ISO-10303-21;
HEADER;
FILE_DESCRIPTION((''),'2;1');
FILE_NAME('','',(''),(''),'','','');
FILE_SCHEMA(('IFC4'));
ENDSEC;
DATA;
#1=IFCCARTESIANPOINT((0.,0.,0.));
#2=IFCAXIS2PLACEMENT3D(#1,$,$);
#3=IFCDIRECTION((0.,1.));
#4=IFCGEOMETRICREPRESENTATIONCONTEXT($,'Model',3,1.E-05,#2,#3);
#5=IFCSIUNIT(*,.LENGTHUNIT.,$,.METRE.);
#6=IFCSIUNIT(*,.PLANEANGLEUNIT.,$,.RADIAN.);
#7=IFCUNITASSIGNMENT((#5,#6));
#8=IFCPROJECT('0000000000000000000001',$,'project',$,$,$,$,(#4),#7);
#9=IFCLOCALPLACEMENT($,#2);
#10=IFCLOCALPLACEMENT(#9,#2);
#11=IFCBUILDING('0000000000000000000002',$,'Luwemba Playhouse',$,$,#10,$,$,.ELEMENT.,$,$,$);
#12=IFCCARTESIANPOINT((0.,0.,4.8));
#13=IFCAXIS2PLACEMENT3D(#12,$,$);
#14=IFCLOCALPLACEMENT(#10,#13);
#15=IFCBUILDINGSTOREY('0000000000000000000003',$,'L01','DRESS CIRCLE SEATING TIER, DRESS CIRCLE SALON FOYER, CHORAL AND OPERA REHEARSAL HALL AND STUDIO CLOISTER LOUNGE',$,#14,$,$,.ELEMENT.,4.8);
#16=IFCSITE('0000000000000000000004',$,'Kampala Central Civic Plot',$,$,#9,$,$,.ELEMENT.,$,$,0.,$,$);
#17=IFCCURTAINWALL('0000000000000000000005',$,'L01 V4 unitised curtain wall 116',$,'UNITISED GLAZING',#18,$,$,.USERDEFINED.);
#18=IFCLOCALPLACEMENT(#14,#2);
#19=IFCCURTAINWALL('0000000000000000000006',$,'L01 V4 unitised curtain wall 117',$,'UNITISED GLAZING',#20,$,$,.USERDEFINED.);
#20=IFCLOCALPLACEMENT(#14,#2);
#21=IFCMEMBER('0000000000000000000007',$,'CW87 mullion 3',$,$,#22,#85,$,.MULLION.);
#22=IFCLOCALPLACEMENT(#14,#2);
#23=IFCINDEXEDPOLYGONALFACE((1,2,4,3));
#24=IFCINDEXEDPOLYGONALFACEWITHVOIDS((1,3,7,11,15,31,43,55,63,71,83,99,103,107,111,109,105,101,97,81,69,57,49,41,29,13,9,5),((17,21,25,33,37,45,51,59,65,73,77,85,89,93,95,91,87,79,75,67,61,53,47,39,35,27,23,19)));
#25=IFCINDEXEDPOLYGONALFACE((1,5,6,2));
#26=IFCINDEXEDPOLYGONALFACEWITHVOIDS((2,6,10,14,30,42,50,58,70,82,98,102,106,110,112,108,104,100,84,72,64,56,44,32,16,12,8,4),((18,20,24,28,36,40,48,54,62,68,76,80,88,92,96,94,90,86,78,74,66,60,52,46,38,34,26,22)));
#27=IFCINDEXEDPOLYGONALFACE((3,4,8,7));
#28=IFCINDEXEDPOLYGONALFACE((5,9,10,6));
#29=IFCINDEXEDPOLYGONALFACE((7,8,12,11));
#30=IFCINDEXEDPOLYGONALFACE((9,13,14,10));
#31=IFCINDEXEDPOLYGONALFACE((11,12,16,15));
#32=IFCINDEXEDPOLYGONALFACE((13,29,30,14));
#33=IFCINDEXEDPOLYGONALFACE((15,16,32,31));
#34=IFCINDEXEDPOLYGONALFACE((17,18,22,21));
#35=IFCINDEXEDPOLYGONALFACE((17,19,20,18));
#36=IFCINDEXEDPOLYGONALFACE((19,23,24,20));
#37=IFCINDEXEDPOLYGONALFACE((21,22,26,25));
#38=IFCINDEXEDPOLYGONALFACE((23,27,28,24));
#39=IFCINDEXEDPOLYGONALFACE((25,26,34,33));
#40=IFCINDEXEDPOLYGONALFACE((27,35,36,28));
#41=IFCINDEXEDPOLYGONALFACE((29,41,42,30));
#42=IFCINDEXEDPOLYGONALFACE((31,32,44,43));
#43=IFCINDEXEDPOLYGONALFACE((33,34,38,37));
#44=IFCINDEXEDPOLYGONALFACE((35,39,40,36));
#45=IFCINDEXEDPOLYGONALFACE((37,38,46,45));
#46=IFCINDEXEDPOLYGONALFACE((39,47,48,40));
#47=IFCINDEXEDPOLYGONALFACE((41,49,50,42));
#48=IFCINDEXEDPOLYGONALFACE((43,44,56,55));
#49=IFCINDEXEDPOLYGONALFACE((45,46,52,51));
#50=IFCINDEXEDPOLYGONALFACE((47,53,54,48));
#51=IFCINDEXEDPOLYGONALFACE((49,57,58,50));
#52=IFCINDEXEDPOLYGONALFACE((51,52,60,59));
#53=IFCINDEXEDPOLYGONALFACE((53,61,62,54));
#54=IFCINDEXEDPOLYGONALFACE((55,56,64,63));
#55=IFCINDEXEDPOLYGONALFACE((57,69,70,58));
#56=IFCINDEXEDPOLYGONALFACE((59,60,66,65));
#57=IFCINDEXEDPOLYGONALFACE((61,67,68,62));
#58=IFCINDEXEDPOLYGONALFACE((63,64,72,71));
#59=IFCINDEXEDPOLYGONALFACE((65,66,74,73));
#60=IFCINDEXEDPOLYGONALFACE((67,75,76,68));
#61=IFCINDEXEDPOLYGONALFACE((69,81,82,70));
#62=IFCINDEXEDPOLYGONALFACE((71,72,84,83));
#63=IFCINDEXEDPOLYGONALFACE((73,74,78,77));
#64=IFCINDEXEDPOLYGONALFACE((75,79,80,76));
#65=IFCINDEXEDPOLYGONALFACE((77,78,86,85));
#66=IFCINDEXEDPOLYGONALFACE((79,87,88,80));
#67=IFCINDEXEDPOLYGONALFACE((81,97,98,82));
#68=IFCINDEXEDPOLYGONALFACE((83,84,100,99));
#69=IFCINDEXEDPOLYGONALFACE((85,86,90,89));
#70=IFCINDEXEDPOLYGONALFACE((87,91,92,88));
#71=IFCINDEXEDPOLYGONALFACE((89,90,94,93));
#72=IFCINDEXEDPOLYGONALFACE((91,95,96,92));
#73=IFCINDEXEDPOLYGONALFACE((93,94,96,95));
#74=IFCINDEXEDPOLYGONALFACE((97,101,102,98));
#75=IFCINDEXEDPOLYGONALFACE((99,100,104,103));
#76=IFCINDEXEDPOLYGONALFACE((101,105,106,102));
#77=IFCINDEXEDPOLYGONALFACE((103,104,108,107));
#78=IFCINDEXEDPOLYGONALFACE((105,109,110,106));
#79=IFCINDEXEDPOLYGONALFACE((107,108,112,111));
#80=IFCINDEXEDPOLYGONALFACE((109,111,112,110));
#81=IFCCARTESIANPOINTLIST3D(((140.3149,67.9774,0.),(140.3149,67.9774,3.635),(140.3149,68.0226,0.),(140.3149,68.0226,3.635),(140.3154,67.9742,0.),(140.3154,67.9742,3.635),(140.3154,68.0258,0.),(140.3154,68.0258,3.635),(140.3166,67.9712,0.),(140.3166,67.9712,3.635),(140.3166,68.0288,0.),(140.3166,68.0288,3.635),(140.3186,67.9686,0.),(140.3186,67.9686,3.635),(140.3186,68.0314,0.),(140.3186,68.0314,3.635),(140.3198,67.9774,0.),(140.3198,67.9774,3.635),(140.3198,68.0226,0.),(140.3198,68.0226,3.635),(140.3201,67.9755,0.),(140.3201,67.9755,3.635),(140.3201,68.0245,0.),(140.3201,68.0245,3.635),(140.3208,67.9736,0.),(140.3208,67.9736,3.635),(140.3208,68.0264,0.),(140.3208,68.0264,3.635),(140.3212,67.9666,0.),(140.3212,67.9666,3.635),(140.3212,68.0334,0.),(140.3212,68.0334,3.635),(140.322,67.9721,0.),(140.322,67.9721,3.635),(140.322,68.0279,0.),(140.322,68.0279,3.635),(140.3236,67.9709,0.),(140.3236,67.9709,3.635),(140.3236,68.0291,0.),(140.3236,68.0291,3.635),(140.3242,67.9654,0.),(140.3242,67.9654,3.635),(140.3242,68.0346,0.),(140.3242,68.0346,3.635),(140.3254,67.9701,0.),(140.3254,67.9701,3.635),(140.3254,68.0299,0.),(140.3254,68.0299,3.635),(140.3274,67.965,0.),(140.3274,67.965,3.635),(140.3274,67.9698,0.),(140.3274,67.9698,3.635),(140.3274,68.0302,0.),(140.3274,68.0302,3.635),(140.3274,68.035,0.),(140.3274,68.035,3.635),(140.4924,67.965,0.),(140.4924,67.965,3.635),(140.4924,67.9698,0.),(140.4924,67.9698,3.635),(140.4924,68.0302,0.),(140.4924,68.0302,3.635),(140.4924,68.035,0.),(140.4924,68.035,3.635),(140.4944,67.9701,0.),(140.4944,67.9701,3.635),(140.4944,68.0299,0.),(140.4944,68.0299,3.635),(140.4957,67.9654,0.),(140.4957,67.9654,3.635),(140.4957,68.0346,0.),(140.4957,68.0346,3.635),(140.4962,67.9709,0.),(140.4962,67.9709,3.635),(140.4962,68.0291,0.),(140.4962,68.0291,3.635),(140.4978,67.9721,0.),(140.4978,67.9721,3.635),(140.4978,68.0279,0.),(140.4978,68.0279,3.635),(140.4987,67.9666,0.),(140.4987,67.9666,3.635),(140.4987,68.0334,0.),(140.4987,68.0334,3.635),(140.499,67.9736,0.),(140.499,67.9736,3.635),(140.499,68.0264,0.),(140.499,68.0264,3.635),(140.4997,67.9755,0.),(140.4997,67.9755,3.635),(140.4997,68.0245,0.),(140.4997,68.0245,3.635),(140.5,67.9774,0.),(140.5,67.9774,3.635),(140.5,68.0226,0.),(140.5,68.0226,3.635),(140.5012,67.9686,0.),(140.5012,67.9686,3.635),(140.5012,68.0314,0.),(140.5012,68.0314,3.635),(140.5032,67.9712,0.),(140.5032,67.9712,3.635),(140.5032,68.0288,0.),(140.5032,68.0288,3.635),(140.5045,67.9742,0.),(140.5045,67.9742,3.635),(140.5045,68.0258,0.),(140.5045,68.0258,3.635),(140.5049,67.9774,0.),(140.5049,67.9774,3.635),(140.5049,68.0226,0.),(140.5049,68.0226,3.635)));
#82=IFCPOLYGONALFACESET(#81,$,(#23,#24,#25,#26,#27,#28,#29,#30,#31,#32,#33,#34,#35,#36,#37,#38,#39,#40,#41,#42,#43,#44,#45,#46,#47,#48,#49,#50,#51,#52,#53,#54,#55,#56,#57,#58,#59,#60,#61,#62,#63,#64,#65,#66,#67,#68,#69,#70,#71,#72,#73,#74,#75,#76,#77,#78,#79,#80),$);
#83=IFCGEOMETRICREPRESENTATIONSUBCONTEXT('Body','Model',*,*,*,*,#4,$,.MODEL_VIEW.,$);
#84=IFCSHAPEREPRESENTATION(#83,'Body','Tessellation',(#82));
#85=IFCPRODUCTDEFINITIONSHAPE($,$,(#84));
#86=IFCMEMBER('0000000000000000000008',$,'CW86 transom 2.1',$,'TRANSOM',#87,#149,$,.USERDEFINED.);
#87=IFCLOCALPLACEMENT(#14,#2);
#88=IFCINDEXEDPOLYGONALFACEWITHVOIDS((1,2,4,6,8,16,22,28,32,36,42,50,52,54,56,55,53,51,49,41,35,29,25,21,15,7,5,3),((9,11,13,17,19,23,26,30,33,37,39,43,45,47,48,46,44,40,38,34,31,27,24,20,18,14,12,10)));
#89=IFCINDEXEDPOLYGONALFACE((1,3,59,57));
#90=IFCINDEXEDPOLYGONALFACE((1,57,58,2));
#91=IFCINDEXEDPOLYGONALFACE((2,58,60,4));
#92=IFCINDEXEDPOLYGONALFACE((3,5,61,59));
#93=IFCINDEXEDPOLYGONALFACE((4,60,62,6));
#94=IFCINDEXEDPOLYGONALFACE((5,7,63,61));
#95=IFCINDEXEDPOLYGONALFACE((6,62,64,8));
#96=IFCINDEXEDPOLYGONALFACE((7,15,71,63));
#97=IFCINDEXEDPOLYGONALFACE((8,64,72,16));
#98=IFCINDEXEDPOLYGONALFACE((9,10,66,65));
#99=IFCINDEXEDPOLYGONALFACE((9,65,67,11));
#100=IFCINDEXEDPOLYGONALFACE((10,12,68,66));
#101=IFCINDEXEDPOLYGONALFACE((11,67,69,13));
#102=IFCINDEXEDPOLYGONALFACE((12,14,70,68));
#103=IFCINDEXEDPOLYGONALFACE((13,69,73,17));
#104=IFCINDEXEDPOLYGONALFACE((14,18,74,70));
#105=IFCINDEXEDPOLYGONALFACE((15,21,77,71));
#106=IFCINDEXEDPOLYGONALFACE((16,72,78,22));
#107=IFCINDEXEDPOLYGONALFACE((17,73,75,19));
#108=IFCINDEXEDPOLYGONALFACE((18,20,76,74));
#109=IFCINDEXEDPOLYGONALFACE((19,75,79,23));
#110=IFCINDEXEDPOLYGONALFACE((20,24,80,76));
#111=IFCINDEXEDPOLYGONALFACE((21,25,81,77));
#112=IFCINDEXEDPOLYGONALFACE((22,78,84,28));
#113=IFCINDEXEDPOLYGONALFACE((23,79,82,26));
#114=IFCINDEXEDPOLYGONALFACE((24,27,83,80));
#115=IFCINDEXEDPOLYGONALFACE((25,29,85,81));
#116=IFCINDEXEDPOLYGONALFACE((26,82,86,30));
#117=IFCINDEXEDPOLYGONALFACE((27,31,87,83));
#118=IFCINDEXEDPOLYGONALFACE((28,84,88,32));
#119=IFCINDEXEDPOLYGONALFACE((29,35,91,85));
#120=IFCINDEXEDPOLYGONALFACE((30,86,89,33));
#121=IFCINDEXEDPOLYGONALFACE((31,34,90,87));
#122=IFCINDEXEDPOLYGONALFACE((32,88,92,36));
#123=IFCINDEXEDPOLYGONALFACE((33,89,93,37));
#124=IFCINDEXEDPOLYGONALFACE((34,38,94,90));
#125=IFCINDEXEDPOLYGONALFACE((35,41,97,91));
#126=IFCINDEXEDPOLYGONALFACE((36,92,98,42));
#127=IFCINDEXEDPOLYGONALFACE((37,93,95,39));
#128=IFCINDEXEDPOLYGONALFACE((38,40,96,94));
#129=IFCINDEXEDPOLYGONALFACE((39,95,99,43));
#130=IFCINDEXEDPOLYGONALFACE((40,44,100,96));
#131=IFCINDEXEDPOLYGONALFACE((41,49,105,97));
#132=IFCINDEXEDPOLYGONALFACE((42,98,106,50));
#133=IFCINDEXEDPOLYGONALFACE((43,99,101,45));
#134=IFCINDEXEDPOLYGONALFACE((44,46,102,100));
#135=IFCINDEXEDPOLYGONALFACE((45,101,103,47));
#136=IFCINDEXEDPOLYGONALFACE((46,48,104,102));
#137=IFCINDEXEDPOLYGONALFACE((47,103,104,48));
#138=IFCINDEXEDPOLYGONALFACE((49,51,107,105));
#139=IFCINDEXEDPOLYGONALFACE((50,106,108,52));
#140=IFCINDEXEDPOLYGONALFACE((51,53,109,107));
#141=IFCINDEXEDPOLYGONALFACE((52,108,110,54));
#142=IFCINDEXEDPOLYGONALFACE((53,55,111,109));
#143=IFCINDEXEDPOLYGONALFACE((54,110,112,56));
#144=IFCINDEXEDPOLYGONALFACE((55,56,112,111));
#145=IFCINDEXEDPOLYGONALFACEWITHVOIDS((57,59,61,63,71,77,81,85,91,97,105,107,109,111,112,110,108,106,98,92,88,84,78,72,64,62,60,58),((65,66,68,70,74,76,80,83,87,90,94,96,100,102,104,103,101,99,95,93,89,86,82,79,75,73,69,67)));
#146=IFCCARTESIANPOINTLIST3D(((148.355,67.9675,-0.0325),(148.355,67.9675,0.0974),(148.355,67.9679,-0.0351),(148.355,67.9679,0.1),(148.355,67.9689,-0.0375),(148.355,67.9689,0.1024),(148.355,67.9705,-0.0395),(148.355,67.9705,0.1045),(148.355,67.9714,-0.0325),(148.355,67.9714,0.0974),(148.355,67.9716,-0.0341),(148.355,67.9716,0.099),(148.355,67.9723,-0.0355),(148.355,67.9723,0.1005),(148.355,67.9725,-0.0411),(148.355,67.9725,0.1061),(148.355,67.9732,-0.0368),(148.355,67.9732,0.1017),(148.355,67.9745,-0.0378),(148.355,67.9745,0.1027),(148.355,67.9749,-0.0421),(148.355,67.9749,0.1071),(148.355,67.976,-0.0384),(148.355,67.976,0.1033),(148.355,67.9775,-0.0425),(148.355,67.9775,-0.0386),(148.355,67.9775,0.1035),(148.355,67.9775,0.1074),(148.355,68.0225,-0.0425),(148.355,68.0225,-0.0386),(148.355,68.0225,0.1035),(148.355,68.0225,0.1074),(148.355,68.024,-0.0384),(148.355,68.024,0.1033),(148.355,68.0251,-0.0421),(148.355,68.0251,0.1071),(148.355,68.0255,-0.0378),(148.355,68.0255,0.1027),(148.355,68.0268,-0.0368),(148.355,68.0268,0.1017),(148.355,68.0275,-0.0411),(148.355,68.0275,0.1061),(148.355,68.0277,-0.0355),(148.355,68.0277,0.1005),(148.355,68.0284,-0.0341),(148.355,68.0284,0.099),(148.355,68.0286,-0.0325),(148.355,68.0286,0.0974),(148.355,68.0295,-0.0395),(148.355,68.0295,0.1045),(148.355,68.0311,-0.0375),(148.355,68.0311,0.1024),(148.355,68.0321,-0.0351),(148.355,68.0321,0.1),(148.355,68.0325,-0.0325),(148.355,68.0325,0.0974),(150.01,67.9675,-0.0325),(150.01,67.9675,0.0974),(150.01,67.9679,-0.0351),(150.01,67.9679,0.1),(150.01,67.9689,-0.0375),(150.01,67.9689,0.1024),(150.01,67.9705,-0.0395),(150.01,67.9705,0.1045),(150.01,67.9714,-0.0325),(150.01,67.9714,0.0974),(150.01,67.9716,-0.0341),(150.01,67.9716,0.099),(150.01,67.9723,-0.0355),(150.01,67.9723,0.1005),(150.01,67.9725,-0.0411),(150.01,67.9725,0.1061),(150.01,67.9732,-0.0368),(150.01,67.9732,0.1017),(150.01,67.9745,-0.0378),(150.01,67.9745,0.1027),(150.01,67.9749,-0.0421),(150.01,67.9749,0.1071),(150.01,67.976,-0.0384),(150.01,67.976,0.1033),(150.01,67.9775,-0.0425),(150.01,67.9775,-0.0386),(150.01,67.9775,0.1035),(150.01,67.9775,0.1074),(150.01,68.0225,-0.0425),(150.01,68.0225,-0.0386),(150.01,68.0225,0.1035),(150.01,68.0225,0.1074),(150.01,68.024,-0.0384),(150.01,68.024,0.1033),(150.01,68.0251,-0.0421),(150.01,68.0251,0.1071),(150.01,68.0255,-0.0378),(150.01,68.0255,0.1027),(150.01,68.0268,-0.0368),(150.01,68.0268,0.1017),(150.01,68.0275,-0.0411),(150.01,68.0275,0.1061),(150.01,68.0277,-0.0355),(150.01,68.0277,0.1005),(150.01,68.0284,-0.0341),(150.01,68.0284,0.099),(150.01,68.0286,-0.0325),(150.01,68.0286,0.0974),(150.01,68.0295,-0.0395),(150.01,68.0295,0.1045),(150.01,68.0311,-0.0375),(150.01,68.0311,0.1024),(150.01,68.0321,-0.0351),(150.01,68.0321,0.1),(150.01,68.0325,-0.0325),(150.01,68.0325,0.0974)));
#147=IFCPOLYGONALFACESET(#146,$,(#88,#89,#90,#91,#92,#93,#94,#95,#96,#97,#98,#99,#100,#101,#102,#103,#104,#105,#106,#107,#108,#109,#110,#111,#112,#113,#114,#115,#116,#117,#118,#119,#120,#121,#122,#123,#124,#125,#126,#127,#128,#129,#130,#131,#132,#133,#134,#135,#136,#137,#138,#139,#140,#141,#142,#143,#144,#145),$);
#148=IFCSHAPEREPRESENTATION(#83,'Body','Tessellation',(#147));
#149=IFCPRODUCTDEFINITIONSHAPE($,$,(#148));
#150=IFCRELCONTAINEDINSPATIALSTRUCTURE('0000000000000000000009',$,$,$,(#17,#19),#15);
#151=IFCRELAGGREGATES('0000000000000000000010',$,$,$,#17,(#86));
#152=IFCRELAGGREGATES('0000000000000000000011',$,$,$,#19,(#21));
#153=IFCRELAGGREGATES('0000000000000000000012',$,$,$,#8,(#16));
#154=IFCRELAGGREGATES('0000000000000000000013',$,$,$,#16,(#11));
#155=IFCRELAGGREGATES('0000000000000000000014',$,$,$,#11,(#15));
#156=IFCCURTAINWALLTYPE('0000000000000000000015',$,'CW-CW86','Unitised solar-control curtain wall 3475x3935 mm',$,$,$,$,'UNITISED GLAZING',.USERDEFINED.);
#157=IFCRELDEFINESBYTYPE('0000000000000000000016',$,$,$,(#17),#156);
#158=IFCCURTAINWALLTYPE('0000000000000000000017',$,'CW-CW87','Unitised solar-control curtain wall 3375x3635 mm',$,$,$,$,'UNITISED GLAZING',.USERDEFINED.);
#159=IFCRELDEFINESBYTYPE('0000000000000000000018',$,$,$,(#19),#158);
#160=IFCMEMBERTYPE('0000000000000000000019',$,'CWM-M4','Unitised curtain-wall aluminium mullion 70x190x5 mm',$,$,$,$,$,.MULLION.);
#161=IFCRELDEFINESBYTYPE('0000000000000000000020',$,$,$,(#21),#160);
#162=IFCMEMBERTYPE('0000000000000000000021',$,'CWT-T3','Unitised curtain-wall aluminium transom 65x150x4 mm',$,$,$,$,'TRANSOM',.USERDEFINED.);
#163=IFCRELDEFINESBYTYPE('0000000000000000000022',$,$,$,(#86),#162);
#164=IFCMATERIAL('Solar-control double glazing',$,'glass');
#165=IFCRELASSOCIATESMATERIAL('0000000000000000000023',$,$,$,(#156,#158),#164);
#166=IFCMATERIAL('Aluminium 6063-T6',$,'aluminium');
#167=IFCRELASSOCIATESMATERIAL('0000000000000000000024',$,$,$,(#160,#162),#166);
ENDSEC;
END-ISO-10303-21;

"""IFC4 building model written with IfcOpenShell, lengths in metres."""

from ifc_helpers import new_model, si_unit, direction, frame, origin, origin_2d, place, context, subcontext, project, spatial, hollow_rectangle, extrude, material, material_profile, profile_set, type_object, element, aggregate, save


model = new_model("IFC4")

# Units and contexts
model_context = context("Model", 3, precision=1e-05, world=origin(), true_north=direction((0.0, 1.0)))
body_context = subcontext(model_context, "Body", "Model", "MODEL_VIEW")
ifc_project = project(units=[si_unit("LENGTHUNIT", "METRE"), si_unit("PLANEANGLEUNIT", "RADIAN")], contexts=[model_context])

# Site, building, storey
site_placement = place(None, origin())
site = spatial("IfcSite", under=ifc_project, at=site_placement, Name="Kampala Central Civic Plot", CompositionType="ELEMENT", RefElevation=0.0)
building_placement = place(site_placement, origin())
building = spatial("IfcBuilding", under=site, at=building_placement, Name="Luwemba Playhouse", CompositionType="ELEMENT")
storey_placement = place(building_placement, frame((0.0, 0.0, 4.8)))
storey = spatial("IfcBuildingStorey", under=building, at=storey_placement, Name="L01", Description="DRESS CIRCLE SEATING TIER, DRESS CIRCLE SALON FOYER, CHORAL AND OPERA REHEARSAL HALL AND STUDIO CLOISTER LOUNGE", CompositionType="ELEMENT", Elevation=4.8)

# Curtain wall
ifc_material_1 = material(Name="Solar-control double glazing", Category="glass")
curtain_wall_type_1 = type_object("IfcCurtainWallType", Name="CW-CW86", Description="Unitised solar-control curtain wall 3475x3935 mm", ElementType="UNITISED GLAZING", PredefinedType="USERDEFINED", material=ifc_material_1)
curtain_wall_1_placement = place(storey_placement, origin())
curtain_wall_1 = element("IfcCurtainWall", 1, at=curtain_wall_1_placement, inside=storey, type_object=curtain_wall_type_1, Name="L01 V4 unitised curtain wall 116", ObjectType="UNITISED GLAZING", PredefinedType="USERDEFINED")
ifc_material_2 = material(Name="Aluminium 6063-T6", Category="aluminium")

# Curtain wall, member
curtain_wall_type_2 = type_object("IfcCurtainWallType", Name="CW-CW87", Description="Unitised solar-control curtain wall 3375x3635 mm", ElementType="UNITISED GLAZING", PredefinedType="USERDEFINED", material=ifc_material_1)
curtain_wall_2_placement = place(storey_placement, origin())
curtain_wall_2 = element("IfcCurtainWall", 2, at=curtain_wall_2_placement, inside=storey, type_object=curtain_wall_type_2, Name="L01 V4 unitised curtain wall 117", ObjectType="UNITISED GLAZING", PredefinedType="USERDEFINED")
ifc_material_profile_1 = material_profile(ifc_material_2, hollow_rectangle(XDim=0.0701, YDim=0.1899, WallThickness=0.0049, InnerFilletRadius=0.0076, OuterFilletRadius=0.0125, at=origin_2d()))
ifc_profile_set_1 = profile_set([ifc_material_profile_1], Name="Aluminium 6063-T6")
member_type_1 = type_object("IfcMemberType", Name="CWM-M4", Description="Unitised curtain-wall aluminium mullion 70x190x5 mm", PredefinedType="MULLION", material=ifc_profile_set_1)
member_1_placement = place(storey_placement, frame((140.4099, 68.0, 0.0), z_axis=(0.0, 0.0, 1.0), x_axis=(0.0, -1.0, 0.0)))
member_1 = element("IfcMember", 3, at=member_1_placement, type_object=member_type_1, Name="CW87 mullion 3", PredefinedType="MULLION", context=body_context, shape_type="SweptSolid", body=[
    extrude(hollow_rectangle(XDim=0.0701, YDim=0.1899, WallThickness=0.0049, InnerFilletRadius=0.0076, OuterFilletRadius=0.0125, at=origin_2d()), origin(), (0.0, 0.0, 1.0), 3.635),
])

# Member
ifc_material_profile_2 = material_profile(ifc_material_2, hollow_rectangle(XDim=0.0649, YDim=0.1499, WallThickness=0.0039, InnerFilletRadius=0.0061, OuterFilletRadius=0.01, at=origin_2d()))
ifc_profile_set_2 = profile_set([ifc_material_profile_2], Name="Aluminium 6063-T6")
member_type_2 = type_object("IfcMemberType", Name="CWT-T3", Description="Unitised curtain-wall aluminium transom 65x150x4 mm", ElementType="TRANSOM", PredefinedType="USERDEFINED", material=ifc_profile_set_2)
member_2_placement = place(storey_placement, frame((150.01, 68.0, 0.0325), z_axis=(-1.0, 0.0, 0.0), x_axis=(0.0, -1.0, 0.0)))
member_2 = element("IfcMember", 4, at=member_2_placement, type_object=member_type_2, Name="CW86 transom 2.1", ObjectType="TRANSOM", PredefinedType="USERDEFINED", context=body_context, shape_type="SweptSolid", body=[
    extrude(hollow_rectangle(XDim=0.0649, YDim=0.1499, WallThickness=0.0039, InnerFilletRadius=0.0061, OuterFilletRadius=0.01, at=origin_2d()), origin(), (0.0, 0.0, 1.0), 1.655),
])

aggregate(curtain_wall_1, [member_2])
aggregate(curtain_wall_2, [member_1])

save(model, "model.ifc")
